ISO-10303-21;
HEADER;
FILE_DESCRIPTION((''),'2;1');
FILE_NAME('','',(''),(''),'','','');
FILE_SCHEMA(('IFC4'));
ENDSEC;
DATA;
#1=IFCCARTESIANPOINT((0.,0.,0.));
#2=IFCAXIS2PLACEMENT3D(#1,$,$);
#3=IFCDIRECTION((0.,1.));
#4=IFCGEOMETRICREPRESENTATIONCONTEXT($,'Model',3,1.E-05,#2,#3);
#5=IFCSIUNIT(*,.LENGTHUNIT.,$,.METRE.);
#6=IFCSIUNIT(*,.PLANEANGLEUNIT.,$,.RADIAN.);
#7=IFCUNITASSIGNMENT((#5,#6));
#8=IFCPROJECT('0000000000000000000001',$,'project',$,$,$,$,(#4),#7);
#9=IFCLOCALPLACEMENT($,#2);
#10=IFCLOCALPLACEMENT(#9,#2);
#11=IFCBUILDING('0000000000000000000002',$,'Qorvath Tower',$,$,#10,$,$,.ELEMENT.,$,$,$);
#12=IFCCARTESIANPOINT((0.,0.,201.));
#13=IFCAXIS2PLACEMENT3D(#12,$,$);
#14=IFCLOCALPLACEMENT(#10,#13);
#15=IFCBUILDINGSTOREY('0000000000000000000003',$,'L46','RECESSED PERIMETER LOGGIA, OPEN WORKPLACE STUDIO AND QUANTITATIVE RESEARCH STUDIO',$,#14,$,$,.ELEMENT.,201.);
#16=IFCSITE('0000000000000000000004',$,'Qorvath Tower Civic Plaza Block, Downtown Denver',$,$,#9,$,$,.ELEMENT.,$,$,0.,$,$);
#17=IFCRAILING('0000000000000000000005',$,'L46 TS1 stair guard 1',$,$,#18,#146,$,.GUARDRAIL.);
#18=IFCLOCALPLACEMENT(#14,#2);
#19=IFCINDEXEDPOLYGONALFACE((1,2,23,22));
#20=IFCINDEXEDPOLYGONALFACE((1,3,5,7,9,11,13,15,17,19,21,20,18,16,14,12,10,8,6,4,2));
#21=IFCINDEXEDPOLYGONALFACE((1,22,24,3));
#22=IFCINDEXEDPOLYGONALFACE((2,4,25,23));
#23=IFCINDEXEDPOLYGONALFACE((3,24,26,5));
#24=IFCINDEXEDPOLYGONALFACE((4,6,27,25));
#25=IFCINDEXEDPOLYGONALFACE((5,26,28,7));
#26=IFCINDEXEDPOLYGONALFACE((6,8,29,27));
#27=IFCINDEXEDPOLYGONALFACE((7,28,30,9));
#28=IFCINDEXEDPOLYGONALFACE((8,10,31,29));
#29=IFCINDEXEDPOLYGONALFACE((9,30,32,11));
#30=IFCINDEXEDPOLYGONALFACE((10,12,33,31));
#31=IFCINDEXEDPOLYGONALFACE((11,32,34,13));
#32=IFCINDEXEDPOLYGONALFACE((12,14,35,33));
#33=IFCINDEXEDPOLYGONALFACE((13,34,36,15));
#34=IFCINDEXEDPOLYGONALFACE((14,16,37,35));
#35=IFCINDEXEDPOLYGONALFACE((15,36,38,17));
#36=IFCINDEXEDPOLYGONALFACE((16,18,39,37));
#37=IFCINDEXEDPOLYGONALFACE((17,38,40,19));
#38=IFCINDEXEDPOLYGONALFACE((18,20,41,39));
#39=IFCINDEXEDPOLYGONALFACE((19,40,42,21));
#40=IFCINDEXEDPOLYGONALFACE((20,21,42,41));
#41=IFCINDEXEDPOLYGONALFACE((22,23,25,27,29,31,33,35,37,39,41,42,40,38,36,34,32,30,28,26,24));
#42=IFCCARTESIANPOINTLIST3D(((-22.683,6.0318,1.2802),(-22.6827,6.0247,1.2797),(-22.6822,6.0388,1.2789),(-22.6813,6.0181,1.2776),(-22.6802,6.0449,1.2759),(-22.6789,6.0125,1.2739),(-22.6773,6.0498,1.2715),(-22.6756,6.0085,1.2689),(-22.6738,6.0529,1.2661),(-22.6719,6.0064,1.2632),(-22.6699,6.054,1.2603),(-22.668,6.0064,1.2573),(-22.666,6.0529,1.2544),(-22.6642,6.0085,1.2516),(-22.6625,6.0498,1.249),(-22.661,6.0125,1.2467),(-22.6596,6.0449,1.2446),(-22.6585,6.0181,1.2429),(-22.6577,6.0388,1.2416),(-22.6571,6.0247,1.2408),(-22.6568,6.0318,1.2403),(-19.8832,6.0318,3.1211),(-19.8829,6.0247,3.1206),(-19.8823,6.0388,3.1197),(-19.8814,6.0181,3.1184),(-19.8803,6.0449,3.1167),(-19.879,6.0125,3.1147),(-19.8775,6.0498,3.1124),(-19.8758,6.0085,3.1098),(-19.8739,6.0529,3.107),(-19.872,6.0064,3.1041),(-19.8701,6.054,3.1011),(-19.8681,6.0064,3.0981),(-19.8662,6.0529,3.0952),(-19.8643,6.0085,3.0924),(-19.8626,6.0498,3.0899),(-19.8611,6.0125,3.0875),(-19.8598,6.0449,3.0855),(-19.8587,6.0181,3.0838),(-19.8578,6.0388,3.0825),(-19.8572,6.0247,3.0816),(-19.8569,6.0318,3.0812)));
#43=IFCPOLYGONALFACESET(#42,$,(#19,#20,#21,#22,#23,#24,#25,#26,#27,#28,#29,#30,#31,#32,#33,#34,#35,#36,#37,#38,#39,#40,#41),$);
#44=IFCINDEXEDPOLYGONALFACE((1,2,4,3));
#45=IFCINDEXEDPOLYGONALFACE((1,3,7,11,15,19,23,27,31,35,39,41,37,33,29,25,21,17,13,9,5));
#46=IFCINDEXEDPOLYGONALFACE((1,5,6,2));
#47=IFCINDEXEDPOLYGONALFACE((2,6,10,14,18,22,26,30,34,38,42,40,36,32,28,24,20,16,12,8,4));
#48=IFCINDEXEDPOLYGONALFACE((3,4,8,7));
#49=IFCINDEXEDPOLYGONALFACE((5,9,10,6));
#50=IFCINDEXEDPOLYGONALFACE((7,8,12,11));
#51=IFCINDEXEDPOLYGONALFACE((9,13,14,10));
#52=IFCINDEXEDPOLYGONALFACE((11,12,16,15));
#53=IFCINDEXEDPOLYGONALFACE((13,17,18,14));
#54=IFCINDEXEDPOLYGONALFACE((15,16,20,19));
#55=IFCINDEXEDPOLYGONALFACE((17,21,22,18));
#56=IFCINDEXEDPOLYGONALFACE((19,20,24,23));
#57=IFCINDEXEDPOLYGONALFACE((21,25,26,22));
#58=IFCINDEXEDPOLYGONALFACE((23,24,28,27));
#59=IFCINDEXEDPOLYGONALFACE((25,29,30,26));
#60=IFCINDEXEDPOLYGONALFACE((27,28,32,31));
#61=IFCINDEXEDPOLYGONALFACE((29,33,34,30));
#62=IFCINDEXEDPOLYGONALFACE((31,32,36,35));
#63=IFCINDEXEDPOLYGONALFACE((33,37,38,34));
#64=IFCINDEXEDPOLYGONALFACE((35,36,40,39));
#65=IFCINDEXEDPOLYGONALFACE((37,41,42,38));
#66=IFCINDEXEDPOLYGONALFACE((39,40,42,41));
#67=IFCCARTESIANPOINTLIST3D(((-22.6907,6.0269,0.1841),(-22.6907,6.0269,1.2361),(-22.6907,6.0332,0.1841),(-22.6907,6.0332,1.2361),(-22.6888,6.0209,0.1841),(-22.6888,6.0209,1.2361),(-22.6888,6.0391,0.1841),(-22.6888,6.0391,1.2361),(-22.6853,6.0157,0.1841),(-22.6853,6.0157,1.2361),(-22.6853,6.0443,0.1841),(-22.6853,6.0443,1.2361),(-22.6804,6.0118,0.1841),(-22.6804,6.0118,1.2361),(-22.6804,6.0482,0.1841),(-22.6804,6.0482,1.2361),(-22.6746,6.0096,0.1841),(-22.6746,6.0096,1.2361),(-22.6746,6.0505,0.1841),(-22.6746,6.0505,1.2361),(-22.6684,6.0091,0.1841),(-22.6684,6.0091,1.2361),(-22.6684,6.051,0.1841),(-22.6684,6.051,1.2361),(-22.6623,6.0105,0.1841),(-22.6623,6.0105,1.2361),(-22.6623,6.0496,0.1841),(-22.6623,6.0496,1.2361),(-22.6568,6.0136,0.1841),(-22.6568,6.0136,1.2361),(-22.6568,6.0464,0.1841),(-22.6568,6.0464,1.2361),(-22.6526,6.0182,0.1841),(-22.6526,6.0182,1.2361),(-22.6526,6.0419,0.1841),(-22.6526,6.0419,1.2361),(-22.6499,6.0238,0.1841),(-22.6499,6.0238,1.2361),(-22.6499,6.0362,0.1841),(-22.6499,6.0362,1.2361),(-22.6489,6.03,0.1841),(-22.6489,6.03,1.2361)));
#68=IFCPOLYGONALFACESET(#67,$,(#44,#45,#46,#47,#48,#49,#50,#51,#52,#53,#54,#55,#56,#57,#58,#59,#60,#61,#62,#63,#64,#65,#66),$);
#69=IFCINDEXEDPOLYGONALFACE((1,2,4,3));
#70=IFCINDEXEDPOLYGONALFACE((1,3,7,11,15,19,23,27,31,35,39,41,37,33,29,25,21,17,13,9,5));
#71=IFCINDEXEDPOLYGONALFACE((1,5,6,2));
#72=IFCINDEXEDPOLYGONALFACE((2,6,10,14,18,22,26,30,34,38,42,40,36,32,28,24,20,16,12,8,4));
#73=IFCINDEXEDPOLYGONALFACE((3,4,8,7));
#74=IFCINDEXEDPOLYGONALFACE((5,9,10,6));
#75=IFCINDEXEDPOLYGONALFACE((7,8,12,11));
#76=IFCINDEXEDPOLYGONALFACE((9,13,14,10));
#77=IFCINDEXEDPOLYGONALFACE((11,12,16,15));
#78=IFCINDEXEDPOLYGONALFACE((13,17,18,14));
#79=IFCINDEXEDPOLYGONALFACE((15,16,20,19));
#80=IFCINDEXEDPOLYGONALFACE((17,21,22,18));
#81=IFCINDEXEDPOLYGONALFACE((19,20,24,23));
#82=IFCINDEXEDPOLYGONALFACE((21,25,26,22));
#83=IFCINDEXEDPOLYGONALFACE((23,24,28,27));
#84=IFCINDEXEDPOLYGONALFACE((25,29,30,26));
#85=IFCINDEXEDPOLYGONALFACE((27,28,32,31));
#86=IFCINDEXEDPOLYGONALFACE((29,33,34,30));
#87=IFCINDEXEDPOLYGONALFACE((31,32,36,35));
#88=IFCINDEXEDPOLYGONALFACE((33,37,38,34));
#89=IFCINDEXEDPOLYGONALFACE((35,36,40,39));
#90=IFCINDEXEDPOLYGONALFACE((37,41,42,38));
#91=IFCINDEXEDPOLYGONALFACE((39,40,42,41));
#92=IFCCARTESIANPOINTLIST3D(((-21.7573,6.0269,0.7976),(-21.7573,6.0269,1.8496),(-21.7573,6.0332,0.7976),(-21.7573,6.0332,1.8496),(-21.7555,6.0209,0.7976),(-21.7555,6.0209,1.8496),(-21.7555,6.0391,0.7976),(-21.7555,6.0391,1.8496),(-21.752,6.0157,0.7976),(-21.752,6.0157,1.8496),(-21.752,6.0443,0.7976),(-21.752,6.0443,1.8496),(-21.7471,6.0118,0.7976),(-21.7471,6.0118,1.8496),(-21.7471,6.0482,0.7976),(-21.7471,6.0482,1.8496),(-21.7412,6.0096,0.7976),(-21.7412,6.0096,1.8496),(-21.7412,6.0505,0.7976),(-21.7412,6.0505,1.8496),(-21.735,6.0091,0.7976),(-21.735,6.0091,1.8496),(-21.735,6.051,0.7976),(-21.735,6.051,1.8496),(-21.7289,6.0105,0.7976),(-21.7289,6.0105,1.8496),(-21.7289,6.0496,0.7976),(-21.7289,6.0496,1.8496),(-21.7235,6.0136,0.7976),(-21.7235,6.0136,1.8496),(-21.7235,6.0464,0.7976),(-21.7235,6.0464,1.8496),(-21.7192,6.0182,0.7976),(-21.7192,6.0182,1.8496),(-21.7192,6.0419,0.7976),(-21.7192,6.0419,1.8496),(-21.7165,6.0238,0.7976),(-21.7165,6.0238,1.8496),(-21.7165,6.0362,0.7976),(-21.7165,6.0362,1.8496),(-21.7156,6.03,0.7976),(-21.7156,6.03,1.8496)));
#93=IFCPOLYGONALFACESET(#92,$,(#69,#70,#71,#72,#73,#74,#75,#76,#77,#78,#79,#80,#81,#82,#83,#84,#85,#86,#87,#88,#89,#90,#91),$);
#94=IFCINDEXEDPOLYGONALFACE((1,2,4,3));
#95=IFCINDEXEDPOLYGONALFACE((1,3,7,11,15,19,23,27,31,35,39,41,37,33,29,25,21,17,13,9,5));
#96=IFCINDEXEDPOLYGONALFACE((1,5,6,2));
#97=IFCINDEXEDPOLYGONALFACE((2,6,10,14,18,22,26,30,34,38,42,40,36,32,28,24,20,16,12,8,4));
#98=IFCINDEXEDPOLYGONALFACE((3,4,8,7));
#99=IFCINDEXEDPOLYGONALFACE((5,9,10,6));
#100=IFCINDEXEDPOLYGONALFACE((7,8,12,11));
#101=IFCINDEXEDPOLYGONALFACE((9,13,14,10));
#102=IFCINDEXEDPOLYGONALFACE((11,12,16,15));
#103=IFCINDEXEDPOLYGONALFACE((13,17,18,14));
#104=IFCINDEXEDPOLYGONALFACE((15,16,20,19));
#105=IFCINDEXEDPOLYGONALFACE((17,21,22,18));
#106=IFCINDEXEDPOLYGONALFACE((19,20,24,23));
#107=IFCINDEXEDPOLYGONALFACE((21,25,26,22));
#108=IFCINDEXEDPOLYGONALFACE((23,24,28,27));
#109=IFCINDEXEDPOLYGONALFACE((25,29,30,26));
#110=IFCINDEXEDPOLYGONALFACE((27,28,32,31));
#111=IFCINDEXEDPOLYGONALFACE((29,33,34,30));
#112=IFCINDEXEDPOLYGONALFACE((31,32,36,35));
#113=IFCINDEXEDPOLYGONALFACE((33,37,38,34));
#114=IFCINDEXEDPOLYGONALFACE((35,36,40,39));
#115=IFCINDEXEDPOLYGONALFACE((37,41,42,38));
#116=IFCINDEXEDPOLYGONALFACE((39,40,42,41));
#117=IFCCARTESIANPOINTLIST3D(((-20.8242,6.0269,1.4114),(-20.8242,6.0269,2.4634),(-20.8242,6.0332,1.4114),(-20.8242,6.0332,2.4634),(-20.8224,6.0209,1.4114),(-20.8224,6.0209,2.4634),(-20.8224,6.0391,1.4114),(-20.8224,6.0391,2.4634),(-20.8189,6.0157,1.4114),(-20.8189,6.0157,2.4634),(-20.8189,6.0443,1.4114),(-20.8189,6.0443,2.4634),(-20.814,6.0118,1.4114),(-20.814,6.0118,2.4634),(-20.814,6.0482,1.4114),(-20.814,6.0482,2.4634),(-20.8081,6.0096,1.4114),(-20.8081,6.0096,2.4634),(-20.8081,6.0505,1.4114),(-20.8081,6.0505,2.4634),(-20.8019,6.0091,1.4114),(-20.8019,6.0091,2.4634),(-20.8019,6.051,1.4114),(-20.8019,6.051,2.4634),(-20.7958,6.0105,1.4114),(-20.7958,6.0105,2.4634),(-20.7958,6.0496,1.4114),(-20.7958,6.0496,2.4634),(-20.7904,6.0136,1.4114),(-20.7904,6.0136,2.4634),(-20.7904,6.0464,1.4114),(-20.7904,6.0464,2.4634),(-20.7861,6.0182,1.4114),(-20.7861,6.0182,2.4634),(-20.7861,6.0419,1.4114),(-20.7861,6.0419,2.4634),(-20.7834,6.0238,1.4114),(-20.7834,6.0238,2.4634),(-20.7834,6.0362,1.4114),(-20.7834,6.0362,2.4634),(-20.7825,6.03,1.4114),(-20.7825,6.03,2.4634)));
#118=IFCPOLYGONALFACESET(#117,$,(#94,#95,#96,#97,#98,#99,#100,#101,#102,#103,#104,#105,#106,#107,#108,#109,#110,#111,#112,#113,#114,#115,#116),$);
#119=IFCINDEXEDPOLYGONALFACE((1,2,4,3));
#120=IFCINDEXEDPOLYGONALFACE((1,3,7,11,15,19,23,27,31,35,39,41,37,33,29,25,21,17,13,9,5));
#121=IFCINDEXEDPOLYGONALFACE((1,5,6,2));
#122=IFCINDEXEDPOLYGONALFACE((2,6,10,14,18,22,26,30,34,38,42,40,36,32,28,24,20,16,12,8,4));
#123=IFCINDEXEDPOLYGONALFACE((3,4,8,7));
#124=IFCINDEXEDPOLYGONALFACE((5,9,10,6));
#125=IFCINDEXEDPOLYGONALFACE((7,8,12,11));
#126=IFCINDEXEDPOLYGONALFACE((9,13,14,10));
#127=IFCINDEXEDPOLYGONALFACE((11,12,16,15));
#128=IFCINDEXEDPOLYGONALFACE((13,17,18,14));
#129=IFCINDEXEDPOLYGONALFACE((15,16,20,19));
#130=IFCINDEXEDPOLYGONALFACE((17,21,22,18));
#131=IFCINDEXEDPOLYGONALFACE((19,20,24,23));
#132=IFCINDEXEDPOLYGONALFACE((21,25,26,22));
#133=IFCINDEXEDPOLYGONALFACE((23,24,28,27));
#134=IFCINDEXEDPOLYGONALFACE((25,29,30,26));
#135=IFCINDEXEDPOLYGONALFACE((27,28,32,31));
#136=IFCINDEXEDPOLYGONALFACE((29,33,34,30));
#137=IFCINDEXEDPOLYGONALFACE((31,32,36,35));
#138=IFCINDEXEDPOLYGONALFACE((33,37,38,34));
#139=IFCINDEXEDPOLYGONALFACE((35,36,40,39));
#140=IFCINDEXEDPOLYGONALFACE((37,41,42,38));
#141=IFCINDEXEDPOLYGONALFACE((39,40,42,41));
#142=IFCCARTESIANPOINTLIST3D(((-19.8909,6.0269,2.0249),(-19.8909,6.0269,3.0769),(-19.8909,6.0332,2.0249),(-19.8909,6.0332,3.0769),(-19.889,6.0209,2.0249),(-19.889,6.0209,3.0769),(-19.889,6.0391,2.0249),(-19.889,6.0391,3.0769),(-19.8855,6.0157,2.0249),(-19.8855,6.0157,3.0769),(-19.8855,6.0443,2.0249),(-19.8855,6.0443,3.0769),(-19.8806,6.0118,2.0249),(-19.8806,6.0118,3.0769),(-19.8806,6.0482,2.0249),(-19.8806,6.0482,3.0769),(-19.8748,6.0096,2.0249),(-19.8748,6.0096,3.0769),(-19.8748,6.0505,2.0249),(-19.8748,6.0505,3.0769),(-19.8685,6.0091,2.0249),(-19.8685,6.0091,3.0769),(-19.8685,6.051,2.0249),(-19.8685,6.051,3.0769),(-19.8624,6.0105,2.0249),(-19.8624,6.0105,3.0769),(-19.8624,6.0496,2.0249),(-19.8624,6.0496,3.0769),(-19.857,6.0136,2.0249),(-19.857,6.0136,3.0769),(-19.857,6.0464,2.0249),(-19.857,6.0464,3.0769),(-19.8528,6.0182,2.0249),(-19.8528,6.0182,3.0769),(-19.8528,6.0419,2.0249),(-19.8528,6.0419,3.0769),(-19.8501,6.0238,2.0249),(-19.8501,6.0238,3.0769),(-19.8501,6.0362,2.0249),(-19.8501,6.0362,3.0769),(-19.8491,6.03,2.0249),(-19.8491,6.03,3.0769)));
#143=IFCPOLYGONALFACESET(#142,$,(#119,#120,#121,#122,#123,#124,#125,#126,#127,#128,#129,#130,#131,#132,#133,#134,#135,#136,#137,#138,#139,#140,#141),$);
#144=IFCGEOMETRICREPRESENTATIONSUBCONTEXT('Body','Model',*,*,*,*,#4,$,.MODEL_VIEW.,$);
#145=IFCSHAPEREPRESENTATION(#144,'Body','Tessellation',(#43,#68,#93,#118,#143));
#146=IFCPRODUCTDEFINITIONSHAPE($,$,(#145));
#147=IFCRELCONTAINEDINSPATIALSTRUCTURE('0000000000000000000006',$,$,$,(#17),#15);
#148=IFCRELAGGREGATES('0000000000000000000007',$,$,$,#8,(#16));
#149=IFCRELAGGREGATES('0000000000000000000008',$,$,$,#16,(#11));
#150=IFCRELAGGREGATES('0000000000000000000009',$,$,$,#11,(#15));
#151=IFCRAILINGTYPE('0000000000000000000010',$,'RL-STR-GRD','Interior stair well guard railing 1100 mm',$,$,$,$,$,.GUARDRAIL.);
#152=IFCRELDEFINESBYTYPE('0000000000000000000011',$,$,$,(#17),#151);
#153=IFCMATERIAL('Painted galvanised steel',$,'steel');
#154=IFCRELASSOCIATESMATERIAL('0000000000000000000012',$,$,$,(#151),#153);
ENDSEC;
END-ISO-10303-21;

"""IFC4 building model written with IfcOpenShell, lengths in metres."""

from ifc_helpers import new_model, si_unit, direction, frame, origin, origin_2d, place, context, subcontext, project, spatial, circle, extrude, material, type_object, element, save


model = new_model("IFC4")

# Units and contexts
model_context = context("Model", 3, precision=1e-05, world=origin(), true_north=direction((0.0, 1.0)))
body_context = subcontext(model_context, "Body", "Model", "MODEL_VIEW")
ifc_project = project(units=[si_unit("LENGTHUNIT", "METRE"), si_unit("PLANEANGLEUNIT", "RADIAN")], contexts=[model_context])

# Site, building, storey
site_placement = place(None, origin())
site = spatial("IfcSite", under=ifc_project, at=site_placement, Name="Qorvath Tower Civic Plaza Block, Downtown Denver", CompositionType="ELEMENT", RefElevation=0.0)
building_placement = place(site_placement, origin())
building = spatial("IfcBuilding", under=site, at=building_placement, Name="Qorvath Tower", CompositionType="ELEMENT")
storey_placement = place(building_placement, frame((0.0, 0.0, 201.0)))
storey = spatial("IfcBuildingStorey", under=building, at=storey_placement, Name="L46", Description="RECESSED PERIMETER LOGGIA, OPEN WORKPLACE STUDIO AND QUANTITATIVE RESEARCH STUDIO", CompositionType="ELEMENT", Elevation=201.0)

# Railing
ifc_material_1 = material(Name="Painted galvanised steel", Category="steel")
railing_type_1 = type_object("IfcRailingType", Name="RL-STR-GRD", Description="Interior stair well guard railing 1100 mm", PredefinedType="GUARDRAIL", material=ifc_material_1)
railing_1_placement = place(storey_placement, frame((-22.6699, 6.03, 0.1841)))
element("IfcRailing", 1, at=railing_1_placement, inside=storey, type_object=railing_type_1, Name="L46 TS1 stair guard 1", PredefinedType="GUARDRAIL", context=body_context, shape_type="SweptSolid", body=[
    extrude(circle(Radius=0.0239, at=origin_2d()), frame((0.0, 0.0, 1.0762), z_axis=(0.835576, 0.0, 0.549376), x_axis=(0.0, 1.0, 0.0)), (0.0, 0.0, 1.0), 3.3508),
    extrude(circle(Radius=0.021, at=origin_2d()), origin(), (0.0, 0.0, 1.0), 1.052),
    extrude(circle(Radius=0.021, at=origin_2d()), frame((0.9333, 0.0, 0.6135)), (0.0, 0.0, 1.0), 1.052),
    extrude(circle(Radius=0.021, at=origin_2d()), frame((1.8665, 0.0, 1.2273)), (0.0, 0.0, 1.0), 1.052),
    extrude(circle(Radius=0.021, at=origin_2d()), frame((2.7998, 0.0, 1.8408)), (0.0, 0.0, 1.0), 1.052),
])

save(model, "model.ifc")
